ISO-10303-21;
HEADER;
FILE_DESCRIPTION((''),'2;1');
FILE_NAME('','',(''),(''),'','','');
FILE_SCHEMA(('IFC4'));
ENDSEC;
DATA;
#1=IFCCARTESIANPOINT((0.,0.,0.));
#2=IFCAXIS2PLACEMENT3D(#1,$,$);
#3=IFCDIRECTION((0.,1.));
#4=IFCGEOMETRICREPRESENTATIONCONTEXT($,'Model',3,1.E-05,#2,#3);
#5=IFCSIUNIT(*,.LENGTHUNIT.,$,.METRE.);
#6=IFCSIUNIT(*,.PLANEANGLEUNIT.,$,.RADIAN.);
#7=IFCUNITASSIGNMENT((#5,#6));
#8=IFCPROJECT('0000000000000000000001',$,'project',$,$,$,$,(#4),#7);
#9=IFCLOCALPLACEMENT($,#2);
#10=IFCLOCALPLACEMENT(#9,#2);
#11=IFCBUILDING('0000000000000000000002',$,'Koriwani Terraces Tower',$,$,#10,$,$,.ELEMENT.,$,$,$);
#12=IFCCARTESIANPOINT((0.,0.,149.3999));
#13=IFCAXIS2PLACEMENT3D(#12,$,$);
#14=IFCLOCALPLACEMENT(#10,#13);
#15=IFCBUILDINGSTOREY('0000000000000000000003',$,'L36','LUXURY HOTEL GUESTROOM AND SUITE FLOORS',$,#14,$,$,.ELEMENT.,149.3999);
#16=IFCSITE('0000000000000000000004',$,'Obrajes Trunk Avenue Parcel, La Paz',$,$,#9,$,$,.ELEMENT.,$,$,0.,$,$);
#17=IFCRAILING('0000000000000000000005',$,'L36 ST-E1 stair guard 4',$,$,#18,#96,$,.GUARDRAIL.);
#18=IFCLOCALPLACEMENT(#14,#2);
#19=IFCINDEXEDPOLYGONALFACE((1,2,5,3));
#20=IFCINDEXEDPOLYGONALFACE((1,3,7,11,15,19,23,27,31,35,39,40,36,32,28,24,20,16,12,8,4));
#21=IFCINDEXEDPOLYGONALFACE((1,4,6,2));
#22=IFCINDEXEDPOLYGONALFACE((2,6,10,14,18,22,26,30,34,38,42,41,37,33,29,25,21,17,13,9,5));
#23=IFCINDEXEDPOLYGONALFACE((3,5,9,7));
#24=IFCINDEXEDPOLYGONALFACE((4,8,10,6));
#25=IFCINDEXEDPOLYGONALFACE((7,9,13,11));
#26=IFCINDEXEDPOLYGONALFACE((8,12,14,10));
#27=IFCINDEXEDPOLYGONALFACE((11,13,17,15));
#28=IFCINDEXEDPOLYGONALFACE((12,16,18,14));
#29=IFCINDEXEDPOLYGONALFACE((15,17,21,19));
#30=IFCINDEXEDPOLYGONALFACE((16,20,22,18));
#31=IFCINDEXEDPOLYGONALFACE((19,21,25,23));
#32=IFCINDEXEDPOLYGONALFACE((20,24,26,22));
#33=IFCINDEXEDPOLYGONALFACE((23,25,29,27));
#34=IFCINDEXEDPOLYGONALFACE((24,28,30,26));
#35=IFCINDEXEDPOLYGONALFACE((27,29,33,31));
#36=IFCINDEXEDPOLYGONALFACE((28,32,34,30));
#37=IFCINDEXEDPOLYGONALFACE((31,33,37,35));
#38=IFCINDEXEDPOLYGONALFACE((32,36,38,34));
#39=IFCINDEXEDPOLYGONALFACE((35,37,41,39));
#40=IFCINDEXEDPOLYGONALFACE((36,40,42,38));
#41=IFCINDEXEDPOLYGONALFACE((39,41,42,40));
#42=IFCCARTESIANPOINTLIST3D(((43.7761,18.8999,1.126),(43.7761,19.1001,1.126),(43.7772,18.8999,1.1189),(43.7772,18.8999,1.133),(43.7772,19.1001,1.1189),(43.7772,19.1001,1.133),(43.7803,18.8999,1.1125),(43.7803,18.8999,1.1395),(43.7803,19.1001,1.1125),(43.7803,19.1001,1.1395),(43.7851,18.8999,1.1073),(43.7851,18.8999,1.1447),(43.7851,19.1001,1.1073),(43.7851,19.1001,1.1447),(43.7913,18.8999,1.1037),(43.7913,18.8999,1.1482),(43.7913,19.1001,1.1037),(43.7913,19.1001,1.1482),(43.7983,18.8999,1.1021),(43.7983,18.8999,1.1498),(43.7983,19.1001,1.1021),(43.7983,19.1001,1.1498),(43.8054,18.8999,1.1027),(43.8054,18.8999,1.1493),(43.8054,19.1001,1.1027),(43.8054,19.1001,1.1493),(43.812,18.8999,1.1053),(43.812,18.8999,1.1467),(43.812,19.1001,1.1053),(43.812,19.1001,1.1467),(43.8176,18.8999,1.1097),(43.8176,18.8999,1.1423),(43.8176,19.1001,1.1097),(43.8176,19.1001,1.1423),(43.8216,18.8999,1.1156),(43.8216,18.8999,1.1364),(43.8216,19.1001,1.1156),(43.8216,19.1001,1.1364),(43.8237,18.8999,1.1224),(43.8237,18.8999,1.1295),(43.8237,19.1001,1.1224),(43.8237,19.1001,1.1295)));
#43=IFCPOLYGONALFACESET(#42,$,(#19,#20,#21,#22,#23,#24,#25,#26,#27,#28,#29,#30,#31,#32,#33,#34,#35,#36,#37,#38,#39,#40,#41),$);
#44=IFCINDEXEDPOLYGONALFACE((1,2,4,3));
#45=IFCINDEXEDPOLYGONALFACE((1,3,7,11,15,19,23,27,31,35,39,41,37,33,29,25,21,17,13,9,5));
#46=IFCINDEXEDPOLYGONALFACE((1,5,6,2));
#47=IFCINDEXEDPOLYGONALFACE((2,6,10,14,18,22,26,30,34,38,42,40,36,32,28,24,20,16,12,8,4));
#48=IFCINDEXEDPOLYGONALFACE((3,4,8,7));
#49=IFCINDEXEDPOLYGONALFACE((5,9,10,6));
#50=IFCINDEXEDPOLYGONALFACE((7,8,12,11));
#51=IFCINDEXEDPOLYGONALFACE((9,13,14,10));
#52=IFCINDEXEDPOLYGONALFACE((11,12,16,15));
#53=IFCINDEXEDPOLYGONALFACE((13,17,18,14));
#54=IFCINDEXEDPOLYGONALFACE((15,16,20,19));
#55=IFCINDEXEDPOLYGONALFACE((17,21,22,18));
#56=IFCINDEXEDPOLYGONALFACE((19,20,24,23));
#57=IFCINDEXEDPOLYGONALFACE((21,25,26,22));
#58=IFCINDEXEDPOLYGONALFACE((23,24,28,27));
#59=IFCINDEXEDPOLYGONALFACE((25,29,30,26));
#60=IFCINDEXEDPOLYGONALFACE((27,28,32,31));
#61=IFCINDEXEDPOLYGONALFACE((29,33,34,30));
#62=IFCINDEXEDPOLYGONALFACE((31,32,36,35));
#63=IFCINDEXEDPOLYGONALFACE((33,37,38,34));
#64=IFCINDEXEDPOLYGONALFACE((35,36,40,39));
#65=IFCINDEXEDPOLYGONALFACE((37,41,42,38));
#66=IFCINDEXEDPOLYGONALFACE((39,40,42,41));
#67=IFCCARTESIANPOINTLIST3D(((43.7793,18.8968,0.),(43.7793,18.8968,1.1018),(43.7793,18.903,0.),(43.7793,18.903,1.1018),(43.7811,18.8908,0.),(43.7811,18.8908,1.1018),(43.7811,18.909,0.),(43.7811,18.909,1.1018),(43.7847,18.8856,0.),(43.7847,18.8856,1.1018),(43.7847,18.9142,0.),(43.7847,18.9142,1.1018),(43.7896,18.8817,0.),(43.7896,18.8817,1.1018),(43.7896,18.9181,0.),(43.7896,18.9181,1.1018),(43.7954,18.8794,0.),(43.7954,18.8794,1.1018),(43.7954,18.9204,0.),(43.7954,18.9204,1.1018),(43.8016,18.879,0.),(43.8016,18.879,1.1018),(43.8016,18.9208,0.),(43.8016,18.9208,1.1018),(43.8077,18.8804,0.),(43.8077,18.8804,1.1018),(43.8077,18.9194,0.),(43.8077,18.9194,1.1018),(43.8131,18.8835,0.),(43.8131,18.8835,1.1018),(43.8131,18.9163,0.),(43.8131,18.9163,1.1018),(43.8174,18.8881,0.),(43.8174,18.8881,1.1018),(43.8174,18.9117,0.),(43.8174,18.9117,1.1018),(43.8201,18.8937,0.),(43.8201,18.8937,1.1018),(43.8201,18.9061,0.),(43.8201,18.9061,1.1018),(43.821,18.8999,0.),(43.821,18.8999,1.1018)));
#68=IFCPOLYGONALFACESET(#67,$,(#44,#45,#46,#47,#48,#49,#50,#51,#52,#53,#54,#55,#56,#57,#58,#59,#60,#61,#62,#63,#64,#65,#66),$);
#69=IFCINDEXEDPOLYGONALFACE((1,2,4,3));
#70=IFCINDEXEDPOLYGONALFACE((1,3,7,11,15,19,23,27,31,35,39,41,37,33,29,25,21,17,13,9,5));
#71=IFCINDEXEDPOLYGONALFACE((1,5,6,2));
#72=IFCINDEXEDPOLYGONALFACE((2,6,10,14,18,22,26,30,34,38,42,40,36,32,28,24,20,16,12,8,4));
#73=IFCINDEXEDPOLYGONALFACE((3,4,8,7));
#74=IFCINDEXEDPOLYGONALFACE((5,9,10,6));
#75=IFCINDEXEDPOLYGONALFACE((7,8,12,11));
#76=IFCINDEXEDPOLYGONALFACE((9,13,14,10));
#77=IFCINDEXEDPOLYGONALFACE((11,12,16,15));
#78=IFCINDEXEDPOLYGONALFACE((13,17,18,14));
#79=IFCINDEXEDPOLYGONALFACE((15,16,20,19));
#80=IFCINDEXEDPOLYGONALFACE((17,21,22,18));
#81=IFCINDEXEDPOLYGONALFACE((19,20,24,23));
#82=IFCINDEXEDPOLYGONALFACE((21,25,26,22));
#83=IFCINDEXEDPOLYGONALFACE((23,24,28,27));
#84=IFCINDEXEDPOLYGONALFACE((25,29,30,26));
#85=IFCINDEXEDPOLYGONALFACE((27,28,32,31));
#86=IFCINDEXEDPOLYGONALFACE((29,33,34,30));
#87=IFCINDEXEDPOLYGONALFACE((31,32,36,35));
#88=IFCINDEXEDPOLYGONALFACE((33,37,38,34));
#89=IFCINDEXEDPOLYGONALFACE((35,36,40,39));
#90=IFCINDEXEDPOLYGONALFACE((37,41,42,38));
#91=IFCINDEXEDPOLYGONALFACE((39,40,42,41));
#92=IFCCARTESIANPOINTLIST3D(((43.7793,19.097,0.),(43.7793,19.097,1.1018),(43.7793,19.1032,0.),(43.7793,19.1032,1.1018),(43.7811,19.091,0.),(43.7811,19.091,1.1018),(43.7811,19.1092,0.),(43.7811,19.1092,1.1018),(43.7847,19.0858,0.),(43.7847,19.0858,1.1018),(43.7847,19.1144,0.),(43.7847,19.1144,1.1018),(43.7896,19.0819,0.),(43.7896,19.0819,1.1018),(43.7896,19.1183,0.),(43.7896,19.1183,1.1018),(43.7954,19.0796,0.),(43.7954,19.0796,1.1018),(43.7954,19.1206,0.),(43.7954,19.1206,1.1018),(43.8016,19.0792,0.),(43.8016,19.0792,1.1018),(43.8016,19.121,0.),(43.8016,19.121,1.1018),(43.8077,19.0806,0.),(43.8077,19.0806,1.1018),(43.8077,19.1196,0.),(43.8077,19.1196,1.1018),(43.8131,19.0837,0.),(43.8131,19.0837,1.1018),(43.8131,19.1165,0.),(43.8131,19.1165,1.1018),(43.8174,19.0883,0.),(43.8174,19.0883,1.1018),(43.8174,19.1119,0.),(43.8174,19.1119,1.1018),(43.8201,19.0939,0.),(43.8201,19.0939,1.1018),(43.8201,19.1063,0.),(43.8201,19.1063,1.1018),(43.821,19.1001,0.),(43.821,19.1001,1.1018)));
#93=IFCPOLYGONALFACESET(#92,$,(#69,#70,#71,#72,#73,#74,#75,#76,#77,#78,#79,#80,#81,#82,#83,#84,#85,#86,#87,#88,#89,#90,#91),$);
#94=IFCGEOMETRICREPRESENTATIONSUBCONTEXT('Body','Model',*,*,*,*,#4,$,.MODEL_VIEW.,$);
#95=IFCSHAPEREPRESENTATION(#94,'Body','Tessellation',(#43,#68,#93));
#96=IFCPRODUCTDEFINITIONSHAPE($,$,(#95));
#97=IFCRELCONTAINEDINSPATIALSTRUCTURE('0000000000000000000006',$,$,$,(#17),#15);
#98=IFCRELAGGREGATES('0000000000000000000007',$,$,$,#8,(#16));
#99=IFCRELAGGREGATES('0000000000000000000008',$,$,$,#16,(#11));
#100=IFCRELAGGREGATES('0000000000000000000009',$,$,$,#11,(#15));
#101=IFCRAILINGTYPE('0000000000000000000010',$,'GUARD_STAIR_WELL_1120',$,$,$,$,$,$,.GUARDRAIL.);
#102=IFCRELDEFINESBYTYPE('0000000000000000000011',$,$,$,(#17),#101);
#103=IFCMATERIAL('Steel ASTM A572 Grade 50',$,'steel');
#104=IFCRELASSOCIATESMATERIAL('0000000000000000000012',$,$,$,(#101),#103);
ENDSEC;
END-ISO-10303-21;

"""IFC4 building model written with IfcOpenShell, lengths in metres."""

from ifc_helpers import new_model, si_unit, direction, frame, origin, origin_2d, place, context, subcontext, project, spatial, circle, extrude, material, type_object, element, save


model = new_model("IFC4")

# Units and contexts
model_context = context("Model", 3, precision=1e-05, world=origin(), true_north=direction((0.0, 1.0)))
body_context = subcontext(model_context, "Body", "Model", "MODEL_VIEW")
ifc_project = project(units=[si_unit("LENGTHUNIT", "METRE"), si_unit("PLANEANGLEUNIT", "RADIAN")], contexts=[model_context])

# Site, building, storey
site_placement = place(None, origin())
site = spatial("IfcSite", under=ifc_project, at=site_placement, Name="Obrajes Trunk Avenue Parcel, La Paz", CompositionType="ELEMENT", RefElevation=0.0)
building_placement = place(site_placement, origin())
building = spatial("IfcBuilding", under=site, at=building_placement, Name="Koriwani Terraces Tower", CompositionType="ELEMENT")
storey_placement = place(building_placement, frame((0.0, 0.0, 149.3999)))
storey = spatial("IfcBuildingStorey", under=building, at=storey_placement, Name="L36", Description="LUXURY HOTEL GUESTROOM AND SUITE FLOORS", CompositionType="ELEMENT", Elevation=149.3999)

# Shared definitions
ifc_material_1 = material(Name="Steel ASTM A572 Grade 50", Category="steel")

# Railing
railing_type_1 = type_object("IfcRailingType", Name="GUARD_STAIR_WELL_1120", PredefinedType="GUARDRAIL", material=ifc_material_1)
railing_1_placement = place(storey_placement, frame((43.8, 18.8999, 0.0)))
element("IfcRailing", 1, at=railing_1_placement, inside=storey, type_object=railing_type_1, Name="L36 ST-E1 stair guard 4", PredefinedType="GUARDRAIL", context=body_context, shape_type="SweptSolid", body=[
    extrude(circle(Radius=0.0239, at=origin_2d()), frame((0.0, 0.0, 1.126), z_axis=(0.0, 1.0, 0.0), x_axis=(-1.0, 0.0, 0.0)), (0.0, 0.0, 1.0), 0.2002),
    extrude(circle(Radius=0.021, at=origin_2d()), origin(), (0.0, 0.0, 1.0), 1.1018),
    extrude(circle(Radius=0.021, at=origin_2d()), frame((0.0, 0.2002, 0.0)), (0.0, 0.0, 1.0), 1.1018),
])

save(model, "model.ifc")
